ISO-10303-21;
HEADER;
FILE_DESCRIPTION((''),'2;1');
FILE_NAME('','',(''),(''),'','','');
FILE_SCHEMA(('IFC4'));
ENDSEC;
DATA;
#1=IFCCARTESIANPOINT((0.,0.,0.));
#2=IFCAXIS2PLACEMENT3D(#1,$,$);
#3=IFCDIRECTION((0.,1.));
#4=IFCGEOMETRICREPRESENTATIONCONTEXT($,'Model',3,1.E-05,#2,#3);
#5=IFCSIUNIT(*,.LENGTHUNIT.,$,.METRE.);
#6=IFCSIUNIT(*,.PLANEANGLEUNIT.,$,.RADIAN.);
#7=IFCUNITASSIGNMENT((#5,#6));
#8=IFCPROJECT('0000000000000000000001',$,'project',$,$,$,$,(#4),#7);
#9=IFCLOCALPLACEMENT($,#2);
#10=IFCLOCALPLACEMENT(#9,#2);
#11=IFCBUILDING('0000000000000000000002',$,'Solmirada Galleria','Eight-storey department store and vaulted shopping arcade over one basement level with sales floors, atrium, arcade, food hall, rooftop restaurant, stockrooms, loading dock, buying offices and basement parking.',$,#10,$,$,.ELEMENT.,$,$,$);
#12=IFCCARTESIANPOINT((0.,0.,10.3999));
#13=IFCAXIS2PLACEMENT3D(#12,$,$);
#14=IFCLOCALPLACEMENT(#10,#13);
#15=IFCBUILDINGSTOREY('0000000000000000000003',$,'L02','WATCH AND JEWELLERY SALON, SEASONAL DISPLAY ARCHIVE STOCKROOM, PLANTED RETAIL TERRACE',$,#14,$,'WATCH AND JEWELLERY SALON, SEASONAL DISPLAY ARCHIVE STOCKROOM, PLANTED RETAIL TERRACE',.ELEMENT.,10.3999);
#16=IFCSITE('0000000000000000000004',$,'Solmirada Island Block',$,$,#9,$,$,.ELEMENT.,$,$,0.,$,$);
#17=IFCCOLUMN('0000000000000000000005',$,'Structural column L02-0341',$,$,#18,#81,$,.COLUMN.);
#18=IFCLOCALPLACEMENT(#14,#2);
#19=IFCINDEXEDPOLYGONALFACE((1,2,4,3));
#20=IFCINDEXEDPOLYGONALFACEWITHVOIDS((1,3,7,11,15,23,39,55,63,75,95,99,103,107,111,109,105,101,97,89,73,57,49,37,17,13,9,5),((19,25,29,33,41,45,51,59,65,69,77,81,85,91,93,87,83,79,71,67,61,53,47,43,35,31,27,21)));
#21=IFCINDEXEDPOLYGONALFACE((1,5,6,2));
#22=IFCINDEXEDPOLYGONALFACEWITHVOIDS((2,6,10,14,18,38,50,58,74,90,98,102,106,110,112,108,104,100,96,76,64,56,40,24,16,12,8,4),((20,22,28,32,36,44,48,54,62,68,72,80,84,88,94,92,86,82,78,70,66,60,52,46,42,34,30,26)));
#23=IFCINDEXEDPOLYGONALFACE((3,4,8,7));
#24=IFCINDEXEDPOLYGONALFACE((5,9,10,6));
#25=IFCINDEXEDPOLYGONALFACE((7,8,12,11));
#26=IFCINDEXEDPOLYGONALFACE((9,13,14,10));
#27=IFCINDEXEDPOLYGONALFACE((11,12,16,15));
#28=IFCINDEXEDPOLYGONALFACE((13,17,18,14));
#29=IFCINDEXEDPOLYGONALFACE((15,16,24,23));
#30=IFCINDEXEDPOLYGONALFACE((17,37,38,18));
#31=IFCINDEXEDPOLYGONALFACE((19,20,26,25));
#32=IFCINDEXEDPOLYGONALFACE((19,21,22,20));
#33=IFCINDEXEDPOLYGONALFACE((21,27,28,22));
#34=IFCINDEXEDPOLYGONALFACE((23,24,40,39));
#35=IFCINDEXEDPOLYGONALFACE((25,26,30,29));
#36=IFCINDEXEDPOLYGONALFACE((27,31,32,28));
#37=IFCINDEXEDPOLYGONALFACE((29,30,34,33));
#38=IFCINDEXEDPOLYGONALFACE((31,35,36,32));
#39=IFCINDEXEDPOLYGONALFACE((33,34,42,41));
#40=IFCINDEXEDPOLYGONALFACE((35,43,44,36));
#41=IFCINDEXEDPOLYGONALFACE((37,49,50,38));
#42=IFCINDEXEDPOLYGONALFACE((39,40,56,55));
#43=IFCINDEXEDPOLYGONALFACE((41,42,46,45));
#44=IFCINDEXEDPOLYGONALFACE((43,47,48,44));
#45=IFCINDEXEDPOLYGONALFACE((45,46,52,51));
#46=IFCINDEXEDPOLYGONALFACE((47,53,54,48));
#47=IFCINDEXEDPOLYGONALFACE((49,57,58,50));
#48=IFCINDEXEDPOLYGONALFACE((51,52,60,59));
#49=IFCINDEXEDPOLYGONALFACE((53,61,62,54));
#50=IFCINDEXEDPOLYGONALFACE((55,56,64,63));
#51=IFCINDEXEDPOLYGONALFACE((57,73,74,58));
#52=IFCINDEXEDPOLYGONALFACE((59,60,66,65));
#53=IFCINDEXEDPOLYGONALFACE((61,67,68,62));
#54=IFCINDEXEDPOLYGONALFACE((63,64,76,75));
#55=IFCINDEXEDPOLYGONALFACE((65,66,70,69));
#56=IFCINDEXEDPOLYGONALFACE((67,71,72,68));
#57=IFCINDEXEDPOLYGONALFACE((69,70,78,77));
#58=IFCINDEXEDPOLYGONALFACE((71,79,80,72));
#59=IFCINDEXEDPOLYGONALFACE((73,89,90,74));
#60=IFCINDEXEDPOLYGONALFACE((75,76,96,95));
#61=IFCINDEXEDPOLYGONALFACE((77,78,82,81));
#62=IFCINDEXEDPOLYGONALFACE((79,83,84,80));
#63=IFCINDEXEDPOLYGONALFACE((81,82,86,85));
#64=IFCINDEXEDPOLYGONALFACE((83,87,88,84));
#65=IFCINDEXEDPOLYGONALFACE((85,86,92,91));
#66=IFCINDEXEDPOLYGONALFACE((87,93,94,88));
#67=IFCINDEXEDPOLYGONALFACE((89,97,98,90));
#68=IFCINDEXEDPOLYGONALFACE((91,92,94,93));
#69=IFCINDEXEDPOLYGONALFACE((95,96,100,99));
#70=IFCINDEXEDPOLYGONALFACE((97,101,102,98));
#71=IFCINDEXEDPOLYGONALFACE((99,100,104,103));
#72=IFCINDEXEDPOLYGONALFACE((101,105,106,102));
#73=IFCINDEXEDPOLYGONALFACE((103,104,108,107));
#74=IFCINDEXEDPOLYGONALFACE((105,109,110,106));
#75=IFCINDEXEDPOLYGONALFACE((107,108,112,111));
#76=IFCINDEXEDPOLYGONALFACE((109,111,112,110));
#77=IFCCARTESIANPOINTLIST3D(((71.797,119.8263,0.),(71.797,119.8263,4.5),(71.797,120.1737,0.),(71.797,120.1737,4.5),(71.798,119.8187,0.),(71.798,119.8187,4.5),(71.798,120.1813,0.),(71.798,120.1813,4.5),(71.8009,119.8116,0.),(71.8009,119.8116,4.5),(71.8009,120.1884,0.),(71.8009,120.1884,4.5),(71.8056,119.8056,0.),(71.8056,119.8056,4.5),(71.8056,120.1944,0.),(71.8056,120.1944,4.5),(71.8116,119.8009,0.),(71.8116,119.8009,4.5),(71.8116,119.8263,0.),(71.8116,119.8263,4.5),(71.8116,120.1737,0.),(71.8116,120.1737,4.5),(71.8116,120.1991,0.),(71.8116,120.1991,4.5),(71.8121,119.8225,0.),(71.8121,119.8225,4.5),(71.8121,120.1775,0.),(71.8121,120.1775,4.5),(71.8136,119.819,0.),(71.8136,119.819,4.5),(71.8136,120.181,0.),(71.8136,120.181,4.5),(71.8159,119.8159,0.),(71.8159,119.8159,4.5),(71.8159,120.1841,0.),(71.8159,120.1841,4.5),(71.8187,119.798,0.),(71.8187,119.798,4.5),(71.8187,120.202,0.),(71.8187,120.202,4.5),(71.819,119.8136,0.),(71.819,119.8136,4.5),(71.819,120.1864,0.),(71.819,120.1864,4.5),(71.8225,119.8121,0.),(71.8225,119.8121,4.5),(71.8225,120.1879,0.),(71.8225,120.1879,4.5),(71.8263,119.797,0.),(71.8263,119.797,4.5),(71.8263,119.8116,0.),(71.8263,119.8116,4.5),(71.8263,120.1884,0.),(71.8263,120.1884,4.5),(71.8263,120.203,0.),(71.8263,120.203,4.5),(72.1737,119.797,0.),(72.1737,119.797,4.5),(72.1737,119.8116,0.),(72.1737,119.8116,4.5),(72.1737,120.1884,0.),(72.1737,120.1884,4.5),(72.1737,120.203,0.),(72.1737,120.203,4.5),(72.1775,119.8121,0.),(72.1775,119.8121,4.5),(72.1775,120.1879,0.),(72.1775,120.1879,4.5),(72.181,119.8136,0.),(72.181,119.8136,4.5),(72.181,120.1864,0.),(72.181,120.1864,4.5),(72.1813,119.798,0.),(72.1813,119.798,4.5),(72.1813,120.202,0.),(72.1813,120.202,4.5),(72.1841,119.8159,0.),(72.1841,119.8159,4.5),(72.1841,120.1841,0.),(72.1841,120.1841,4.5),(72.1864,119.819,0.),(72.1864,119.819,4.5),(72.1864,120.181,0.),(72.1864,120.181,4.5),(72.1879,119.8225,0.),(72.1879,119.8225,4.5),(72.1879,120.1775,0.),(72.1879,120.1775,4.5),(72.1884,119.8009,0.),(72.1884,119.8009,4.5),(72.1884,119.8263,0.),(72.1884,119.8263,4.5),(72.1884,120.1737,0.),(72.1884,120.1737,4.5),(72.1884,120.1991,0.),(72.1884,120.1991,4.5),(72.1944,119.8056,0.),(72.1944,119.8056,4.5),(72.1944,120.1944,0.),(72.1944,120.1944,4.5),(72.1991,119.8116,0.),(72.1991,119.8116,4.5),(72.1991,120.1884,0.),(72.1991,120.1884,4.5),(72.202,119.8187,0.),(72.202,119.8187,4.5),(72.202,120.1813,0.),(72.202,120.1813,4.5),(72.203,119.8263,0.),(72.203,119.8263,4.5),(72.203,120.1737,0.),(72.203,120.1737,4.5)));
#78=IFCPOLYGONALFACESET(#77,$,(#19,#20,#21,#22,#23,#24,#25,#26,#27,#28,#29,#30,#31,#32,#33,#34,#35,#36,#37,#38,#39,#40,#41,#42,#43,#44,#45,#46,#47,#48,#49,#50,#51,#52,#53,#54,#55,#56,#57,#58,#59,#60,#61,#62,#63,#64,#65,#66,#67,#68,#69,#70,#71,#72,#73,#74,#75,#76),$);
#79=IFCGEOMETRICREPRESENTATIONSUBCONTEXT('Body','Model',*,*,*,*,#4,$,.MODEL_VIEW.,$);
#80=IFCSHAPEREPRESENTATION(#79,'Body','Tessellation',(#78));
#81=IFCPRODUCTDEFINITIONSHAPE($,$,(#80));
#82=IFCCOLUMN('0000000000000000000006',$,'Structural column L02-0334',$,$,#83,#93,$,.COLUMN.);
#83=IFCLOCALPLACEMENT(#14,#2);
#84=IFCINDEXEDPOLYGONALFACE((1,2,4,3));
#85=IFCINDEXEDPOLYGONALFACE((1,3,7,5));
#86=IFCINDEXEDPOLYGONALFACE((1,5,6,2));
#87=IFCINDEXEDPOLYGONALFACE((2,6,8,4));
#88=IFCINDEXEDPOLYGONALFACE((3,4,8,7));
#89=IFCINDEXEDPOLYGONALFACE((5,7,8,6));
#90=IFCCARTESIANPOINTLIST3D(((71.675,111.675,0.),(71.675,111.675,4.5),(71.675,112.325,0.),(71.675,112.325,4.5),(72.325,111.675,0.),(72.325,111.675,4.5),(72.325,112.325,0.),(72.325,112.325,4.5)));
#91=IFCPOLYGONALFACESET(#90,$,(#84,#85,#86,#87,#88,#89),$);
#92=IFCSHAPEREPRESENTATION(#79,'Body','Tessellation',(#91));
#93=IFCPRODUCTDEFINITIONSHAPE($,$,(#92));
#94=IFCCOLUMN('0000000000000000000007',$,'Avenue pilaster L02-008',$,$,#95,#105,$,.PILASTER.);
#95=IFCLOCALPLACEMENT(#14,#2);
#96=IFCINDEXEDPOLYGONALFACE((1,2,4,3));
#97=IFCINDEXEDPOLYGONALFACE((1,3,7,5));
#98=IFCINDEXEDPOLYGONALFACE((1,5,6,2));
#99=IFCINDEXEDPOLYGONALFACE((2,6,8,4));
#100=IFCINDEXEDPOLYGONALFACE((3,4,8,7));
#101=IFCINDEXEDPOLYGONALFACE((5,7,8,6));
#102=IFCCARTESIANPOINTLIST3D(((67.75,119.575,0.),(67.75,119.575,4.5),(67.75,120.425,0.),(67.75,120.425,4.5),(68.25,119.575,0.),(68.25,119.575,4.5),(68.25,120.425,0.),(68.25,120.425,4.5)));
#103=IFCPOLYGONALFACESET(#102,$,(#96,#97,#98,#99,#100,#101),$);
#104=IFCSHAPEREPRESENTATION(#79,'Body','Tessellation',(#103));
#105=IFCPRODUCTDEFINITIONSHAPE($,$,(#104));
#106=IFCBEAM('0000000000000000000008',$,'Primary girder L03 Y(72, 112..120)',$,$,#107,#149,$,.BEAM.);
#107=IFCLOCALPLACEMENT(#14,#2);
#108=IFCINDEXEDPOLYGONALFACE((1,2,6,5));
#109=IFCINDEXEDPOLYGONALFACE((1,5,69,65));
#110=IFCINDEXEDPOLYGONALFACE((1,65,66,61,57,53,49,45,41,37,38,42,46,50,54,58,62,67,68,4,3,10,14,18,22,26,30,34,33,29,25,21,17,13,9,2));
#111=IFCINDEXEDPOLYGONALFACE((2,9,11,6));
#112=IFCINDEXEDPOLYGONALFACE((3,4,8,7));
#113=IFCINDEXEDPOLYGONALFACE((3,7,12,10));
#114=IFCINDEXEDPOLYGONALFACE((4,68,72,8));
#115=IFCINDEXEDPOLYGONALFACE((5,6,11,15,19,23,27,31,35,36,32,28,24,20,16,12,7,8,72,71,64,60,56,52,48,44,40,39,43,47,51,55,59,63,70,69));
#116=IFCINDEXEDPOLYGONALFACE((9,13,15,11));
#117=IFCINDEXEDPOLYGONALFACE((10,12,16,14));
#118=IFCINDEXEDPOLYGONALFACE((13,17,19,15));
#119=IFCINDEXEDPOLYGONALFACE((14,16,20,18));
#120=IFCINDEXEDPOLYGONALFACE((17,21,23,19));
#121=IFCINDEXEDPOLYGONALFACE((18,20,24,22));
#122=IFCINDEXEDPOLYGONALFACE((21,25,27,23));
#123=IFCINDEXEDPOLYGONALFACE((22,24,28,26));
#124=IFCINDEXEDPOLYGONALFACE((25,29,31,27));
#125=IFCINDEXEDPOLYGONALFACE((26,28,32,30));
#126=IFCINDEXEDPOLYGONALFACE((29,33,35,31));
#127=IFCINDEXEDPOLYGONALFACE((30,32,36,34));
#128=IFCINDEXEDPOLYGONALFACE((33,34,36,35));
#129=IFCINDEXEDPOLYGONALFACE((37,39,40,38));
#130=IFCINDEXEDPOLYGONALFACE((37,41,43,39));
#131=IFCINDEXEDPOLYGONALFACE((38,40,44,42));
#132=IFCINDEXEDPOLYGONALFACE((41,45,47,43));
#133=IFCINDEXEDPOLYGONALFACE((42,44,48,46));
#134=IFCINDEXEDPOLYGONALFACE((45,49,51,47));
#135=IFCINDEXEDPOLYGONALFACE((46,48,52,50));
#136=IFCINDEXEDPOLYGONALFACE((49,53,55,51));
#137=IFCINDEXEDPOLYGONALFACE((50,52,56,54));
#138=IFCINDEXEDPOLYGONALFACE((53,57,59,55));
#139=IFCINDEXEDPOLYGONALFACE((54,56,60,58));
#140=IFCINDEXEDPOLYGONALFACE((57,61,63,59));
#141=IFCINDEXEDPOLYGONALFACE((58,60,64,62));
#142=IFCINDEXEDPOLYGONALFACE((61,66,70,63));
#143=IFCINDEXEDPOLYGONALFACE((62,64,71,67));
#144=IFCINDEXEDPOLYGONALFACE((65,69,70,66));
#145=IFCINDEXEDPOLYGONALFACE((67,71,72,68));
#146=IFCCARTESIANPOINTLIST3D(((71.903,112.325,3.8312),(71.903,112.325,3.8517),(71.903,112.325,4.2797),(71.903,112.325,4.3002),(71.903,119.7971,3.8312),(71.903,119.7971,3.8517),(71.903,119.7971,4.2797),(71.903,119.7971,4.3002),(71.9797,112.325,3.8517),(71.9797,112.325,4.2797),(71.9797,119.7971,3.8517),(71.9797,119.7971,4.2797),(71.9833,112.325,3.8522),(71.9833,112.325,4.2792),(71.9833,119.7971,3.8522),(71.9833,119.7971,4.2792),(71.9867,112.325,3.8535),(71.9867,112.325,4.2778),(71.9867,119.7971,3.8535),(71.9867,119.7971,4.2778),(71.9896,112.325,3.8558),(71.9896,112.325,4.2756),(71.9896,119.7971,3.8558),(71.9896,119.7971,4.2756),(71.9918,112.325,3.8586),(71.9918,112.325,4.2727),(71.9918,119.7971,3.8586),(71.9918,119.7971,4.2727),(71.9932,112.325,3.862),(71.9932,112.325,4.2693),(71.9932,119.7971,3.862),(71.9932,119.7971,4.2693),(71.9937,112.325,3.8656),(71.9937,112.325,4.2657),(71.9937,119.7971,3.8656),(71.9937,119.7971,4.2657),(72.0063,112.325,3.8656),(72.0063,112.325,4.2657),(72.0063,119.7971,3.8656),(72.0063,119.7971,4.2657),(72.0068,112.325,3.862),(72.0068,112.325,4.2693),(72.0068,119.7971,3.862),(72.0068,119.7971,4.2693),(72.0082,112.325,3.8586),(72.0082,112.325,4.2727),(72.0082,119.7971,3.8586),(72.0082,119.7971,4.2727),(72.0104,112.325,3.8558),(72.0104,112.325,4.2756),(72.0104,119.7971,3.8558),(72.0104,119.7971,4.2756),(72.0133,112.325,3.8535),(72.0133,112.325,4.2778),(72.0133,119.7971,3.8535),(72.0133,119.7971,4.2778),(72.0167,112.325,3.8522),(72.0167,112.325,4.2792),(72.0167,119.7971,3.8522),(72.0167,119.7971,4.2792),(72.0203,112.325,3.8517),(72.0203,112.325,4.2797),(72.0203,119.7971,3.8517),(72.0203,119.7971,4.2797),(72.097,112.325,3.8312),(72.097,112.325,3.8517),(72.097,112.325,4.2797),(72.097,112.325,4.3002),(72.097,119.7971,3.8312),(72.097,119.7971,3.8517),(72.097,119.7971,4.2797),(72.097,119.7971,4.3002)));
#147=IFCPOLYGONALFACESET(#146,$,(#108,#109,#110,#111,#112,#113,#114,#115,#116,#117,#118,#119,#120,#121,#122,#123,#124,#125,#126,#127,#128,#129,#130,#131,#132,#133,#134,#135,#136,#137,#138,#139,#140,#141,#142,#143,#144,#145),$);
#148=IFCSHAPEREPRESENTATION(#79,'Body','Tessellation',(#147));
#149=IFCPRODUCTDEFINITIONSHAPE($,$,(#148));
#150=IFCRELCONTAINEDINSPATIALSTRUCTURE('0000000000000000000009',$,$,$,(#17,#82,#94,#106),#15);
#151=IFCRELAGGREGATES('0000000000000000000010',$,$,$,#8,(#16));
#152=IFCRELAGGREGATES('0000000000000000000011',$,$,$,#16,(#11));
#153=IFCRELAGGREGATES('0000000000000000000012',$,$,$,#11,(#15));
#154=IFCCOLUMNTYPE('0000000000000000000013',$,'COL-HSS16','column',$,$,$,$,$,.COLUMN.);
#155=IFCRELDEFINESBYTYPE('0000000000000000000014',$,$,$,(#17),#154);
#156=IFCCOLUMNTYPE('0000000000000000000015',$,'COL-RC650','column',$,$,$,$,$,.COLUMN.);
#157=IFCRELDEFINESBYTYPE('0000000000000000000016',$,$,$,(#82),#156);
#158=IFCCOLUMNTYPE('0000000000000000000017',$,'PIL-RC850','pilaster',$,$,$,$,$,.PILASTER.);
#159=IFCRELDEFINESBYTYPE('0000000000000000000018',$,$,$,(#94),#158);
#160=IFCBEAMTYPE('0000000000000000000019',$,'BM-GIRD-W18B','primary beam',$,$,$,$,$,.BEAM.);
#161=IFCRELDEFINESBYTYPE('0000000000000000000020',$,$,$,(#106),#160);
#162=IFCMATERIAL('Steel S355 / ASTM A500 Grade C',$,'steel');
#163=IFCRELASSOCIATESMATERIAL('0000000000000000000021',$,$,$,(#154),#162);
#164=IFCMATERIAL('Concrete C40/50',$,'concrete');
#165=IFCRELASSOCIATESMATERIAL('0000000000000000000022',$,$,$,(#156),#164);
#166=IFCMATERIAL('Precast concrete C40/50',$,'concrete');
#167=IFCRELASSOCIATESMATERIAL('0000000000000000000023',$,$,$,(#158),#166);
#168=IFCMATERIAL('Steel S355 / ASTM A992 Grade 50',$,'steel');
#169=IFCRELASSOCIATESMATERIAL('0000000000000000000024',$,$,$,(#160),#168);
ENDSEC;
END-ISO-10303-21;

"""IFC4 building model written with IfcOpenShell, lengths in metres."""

from ifc_helpers import new_model, si_unit, direction, frame, origin, origin_2d, place, context, subcontext, project, spatial, rectangle, hollow_rectangle, i_section, extrude, material, material_profile, profile_set, type_object, element, save


model = new_model("IFC4")

# Units and contexts
model_context = context("Model", 3, precision=1e-05, world=origin(), true_north=direction((0.0, 1.0)))
body_context = subcontext(model_context, "Body", "Model", "MODEL_VIEW")
ifc_project = project(units=[si_unit("LENGTHUNIT", "METRE"), si_unit("PLANEANGLEUNIT", "RADIAN")], contexts=[model_context])

# Site, building, storey
site_placement = place(None, origin())
site = spatial("IfcSite", under=ifc_project, at=site_placement, Name="Solmirada Island Block", CompositionType="ELEMENT", RefElevation=0.0)
building_placement = place(site_placement, origin())
building = spatial("IfcBuilding", under=site, at=building_placement, Name="Solmirada Galleria", Description="Eight-storey department store and vaulted shopping arcade over one basement level with sales floors, atrium, arcade, food hall, rooftop restaurant, stockrooms, loading dock, buying offices and basement parking.", CompositionType="ELEMENT")
storey_placement = place(building_placement, frame((0.0, 0.0, 10.3999)))
storey = spatial("IfcBuildingStorey", under=building, at=storey_placement, Name="L02", Description="WATCH AND JEWELLERY SALON, SEASONAL DISPLAY ARCHIVE STOCKROOM, PLANTED RETAIL TERRACE", LongName="WATCH AND JEWELLERY SALON, SEASONAL DISPLAY ARCHIVE STOCKROOM, PLANTED RETAIL TERRACE", CompositionType="ELEMENT", Elevation=10.3999)

# Columns
ifc_material_1 = material(Name="Steel S355 / ASTM A500 Grade C", Category="steel")
ifc_material_profile_1 = material_profile(ifc_material_1, hollow_rectangle(XDim=0.406, YDim=0.406, WallThickness=0.0146, InnerFilletRadius=0.0146, OuterFilletRadius=0.0293, at=origin_2d()), Name="HSS16X16X5/8")
ifc_profile_set_1 = profile_set([ifc_material_profile_1], Name="Steel S355 / ASTM A500 Grade C")
column_type_1 = type_object("IfcColumnType", Name="COL-HSS16", Description="column", PredefinedType="COLUMN", material=ifc_profile_set_1)
column_1_placement = place(storey_placement, frame((72.0, 120.0, 0.0), z_axis=(0.0, 0.0, 1.0), x_axis=(1.0, 0.0, 0.0)))
element("IfcColumn", 1, at=column_1_placement, inside=storey, type_object=column_type_1, Name="Structural column L02-0341", PredefinedType="COLUMN", context=body_context, shape_type="SweptSolid", body=[
    extrude(hollow_rectangle(XDim=0.406, YDim=0.406, WallThickness=0.0146, InnerFilletRadius=0.0146, OuterFilletRadius=0.0293, at=origin_2d()), origin(), (0.0, 0.0, 1.0), 4.5),
])
ifc_material_2 = material(Name="Concrete C40/50", Category="concrete")
ifc_material_profile_2 = material_profile(ifc_material_2, rectangle(XDim=0.6499, YDim=0.6499, at=origin_2d()), Name="RC650X650")
ifc_profile_set_2 = profile_set([ifc_material_profile_2], Name="Concrete C40/50")
column_type_2 = type_object("IfcColumnType", Name="COL-RC650", Description="column", PredefinedType="COLUMN", material=ifc_profile_set_2)
column_2_placement = place(storey_placement, frame((72.0, 112.0, 0.0), z_axis=(0.0, 0.0, 1.0), x_axis=(1.0, 0.0, 0.0)))
element("IfcColumn", 2, at=column_2_placement, inside=storey, type_object=column_type_2, Name="Structural column L02-0334", PredefinedType="COLUMN", context=body_context, shape_type="SweptSolid", body=[
    extrude(rectangle(XDim=0.6499, YDim=0.6499, at=origin_2d()), origin(), (0.0, 0.0, 1.0), 4.5),
])
ifc_material_3 = material(Name="Precast concrete C40/50", Category="concrete")
ifc_material_profile_3 = material_profile(ifc_material_3, rectangle(XDim=0.5, YDim=0.8501, at=origin_2d()), Name="RC850X500")
ifc_profile_set_3 = profile_set([ifc_material_profile_3], Name="Precast concrete C40/50")
column_type_3 = type_object("IfcColumnType", Name="PIL-RC850", Description="pilaster", PredefinedType="PILASTER", material=ifc_profile_set_3)
column_3_placement = place(storey_placement, frame((68.0, 120.0, 0.0), z_axis=(0.0, 0.0, 1.0), x_axis=(1.0, 0.0, 0.0)))
element("IfcColumn", 3, at=column_3_placement, inside=storey, type_object=column_type_3, Name="Avenue pilaster L02-008", PredefinedType="PILASTER", context=body_context, shape_type="SweptSolid", body=[
    extrude(rectangle(XDim=0.5, YDim=0.8501, at=origin_2d()), origin(), (0.0, 0.0, 1.0), 4.5),
])

# Beam
ifc_material_4 = material(Name="Steel S355 / ASTM A992 Grade 50", Category="steel")
ifc_material_profile_4 = material_profile(ifc_material_4, i_section(OverallWidth=0.1941, OverallDepth=0.469, WebThickness=0.0127, FlangeThickness=0.0205, FilletRadius=0.0139, at=origin_2d()), Name="W18X71")
ifc_profile_set_4 = profile_set([ifc_material_profile_4], Name="Steel S355 / ASTM A992 Grade 50")
beam_type_1 = type_object("IfcBeamType", Name="BM-GIRD-W18B", Description="primary beam", PredefinedType="BEAM", material=ifc_profile_set_4)
beam_1_placement = place(storey_placement, frame((72.0, 112.325, 4.0657), z_axis=(0.0, 1.0, 0.0), x_axis=(-1.0, 0.0, 0.0)))
element("IfcBeam", 4, at=beam_1_placement, inside=storey, type_object=beam_type_1, Name="Primary girder L03 Y(72, 112..120)", PredefinedType="BEAM", context=body_context, shape_type="SweptSolid", body=[
    extrude(i_section(OverallWidth=0.1941, OverallDepth=0.469, WebThickness=0.0127, FlangeThickness=0.0205, FilletRadius=0.0139, at=origin_2d()), origin(), (0.0, 0.0, 1.0), 7.4722),
])

save(model, "model.ifc")
